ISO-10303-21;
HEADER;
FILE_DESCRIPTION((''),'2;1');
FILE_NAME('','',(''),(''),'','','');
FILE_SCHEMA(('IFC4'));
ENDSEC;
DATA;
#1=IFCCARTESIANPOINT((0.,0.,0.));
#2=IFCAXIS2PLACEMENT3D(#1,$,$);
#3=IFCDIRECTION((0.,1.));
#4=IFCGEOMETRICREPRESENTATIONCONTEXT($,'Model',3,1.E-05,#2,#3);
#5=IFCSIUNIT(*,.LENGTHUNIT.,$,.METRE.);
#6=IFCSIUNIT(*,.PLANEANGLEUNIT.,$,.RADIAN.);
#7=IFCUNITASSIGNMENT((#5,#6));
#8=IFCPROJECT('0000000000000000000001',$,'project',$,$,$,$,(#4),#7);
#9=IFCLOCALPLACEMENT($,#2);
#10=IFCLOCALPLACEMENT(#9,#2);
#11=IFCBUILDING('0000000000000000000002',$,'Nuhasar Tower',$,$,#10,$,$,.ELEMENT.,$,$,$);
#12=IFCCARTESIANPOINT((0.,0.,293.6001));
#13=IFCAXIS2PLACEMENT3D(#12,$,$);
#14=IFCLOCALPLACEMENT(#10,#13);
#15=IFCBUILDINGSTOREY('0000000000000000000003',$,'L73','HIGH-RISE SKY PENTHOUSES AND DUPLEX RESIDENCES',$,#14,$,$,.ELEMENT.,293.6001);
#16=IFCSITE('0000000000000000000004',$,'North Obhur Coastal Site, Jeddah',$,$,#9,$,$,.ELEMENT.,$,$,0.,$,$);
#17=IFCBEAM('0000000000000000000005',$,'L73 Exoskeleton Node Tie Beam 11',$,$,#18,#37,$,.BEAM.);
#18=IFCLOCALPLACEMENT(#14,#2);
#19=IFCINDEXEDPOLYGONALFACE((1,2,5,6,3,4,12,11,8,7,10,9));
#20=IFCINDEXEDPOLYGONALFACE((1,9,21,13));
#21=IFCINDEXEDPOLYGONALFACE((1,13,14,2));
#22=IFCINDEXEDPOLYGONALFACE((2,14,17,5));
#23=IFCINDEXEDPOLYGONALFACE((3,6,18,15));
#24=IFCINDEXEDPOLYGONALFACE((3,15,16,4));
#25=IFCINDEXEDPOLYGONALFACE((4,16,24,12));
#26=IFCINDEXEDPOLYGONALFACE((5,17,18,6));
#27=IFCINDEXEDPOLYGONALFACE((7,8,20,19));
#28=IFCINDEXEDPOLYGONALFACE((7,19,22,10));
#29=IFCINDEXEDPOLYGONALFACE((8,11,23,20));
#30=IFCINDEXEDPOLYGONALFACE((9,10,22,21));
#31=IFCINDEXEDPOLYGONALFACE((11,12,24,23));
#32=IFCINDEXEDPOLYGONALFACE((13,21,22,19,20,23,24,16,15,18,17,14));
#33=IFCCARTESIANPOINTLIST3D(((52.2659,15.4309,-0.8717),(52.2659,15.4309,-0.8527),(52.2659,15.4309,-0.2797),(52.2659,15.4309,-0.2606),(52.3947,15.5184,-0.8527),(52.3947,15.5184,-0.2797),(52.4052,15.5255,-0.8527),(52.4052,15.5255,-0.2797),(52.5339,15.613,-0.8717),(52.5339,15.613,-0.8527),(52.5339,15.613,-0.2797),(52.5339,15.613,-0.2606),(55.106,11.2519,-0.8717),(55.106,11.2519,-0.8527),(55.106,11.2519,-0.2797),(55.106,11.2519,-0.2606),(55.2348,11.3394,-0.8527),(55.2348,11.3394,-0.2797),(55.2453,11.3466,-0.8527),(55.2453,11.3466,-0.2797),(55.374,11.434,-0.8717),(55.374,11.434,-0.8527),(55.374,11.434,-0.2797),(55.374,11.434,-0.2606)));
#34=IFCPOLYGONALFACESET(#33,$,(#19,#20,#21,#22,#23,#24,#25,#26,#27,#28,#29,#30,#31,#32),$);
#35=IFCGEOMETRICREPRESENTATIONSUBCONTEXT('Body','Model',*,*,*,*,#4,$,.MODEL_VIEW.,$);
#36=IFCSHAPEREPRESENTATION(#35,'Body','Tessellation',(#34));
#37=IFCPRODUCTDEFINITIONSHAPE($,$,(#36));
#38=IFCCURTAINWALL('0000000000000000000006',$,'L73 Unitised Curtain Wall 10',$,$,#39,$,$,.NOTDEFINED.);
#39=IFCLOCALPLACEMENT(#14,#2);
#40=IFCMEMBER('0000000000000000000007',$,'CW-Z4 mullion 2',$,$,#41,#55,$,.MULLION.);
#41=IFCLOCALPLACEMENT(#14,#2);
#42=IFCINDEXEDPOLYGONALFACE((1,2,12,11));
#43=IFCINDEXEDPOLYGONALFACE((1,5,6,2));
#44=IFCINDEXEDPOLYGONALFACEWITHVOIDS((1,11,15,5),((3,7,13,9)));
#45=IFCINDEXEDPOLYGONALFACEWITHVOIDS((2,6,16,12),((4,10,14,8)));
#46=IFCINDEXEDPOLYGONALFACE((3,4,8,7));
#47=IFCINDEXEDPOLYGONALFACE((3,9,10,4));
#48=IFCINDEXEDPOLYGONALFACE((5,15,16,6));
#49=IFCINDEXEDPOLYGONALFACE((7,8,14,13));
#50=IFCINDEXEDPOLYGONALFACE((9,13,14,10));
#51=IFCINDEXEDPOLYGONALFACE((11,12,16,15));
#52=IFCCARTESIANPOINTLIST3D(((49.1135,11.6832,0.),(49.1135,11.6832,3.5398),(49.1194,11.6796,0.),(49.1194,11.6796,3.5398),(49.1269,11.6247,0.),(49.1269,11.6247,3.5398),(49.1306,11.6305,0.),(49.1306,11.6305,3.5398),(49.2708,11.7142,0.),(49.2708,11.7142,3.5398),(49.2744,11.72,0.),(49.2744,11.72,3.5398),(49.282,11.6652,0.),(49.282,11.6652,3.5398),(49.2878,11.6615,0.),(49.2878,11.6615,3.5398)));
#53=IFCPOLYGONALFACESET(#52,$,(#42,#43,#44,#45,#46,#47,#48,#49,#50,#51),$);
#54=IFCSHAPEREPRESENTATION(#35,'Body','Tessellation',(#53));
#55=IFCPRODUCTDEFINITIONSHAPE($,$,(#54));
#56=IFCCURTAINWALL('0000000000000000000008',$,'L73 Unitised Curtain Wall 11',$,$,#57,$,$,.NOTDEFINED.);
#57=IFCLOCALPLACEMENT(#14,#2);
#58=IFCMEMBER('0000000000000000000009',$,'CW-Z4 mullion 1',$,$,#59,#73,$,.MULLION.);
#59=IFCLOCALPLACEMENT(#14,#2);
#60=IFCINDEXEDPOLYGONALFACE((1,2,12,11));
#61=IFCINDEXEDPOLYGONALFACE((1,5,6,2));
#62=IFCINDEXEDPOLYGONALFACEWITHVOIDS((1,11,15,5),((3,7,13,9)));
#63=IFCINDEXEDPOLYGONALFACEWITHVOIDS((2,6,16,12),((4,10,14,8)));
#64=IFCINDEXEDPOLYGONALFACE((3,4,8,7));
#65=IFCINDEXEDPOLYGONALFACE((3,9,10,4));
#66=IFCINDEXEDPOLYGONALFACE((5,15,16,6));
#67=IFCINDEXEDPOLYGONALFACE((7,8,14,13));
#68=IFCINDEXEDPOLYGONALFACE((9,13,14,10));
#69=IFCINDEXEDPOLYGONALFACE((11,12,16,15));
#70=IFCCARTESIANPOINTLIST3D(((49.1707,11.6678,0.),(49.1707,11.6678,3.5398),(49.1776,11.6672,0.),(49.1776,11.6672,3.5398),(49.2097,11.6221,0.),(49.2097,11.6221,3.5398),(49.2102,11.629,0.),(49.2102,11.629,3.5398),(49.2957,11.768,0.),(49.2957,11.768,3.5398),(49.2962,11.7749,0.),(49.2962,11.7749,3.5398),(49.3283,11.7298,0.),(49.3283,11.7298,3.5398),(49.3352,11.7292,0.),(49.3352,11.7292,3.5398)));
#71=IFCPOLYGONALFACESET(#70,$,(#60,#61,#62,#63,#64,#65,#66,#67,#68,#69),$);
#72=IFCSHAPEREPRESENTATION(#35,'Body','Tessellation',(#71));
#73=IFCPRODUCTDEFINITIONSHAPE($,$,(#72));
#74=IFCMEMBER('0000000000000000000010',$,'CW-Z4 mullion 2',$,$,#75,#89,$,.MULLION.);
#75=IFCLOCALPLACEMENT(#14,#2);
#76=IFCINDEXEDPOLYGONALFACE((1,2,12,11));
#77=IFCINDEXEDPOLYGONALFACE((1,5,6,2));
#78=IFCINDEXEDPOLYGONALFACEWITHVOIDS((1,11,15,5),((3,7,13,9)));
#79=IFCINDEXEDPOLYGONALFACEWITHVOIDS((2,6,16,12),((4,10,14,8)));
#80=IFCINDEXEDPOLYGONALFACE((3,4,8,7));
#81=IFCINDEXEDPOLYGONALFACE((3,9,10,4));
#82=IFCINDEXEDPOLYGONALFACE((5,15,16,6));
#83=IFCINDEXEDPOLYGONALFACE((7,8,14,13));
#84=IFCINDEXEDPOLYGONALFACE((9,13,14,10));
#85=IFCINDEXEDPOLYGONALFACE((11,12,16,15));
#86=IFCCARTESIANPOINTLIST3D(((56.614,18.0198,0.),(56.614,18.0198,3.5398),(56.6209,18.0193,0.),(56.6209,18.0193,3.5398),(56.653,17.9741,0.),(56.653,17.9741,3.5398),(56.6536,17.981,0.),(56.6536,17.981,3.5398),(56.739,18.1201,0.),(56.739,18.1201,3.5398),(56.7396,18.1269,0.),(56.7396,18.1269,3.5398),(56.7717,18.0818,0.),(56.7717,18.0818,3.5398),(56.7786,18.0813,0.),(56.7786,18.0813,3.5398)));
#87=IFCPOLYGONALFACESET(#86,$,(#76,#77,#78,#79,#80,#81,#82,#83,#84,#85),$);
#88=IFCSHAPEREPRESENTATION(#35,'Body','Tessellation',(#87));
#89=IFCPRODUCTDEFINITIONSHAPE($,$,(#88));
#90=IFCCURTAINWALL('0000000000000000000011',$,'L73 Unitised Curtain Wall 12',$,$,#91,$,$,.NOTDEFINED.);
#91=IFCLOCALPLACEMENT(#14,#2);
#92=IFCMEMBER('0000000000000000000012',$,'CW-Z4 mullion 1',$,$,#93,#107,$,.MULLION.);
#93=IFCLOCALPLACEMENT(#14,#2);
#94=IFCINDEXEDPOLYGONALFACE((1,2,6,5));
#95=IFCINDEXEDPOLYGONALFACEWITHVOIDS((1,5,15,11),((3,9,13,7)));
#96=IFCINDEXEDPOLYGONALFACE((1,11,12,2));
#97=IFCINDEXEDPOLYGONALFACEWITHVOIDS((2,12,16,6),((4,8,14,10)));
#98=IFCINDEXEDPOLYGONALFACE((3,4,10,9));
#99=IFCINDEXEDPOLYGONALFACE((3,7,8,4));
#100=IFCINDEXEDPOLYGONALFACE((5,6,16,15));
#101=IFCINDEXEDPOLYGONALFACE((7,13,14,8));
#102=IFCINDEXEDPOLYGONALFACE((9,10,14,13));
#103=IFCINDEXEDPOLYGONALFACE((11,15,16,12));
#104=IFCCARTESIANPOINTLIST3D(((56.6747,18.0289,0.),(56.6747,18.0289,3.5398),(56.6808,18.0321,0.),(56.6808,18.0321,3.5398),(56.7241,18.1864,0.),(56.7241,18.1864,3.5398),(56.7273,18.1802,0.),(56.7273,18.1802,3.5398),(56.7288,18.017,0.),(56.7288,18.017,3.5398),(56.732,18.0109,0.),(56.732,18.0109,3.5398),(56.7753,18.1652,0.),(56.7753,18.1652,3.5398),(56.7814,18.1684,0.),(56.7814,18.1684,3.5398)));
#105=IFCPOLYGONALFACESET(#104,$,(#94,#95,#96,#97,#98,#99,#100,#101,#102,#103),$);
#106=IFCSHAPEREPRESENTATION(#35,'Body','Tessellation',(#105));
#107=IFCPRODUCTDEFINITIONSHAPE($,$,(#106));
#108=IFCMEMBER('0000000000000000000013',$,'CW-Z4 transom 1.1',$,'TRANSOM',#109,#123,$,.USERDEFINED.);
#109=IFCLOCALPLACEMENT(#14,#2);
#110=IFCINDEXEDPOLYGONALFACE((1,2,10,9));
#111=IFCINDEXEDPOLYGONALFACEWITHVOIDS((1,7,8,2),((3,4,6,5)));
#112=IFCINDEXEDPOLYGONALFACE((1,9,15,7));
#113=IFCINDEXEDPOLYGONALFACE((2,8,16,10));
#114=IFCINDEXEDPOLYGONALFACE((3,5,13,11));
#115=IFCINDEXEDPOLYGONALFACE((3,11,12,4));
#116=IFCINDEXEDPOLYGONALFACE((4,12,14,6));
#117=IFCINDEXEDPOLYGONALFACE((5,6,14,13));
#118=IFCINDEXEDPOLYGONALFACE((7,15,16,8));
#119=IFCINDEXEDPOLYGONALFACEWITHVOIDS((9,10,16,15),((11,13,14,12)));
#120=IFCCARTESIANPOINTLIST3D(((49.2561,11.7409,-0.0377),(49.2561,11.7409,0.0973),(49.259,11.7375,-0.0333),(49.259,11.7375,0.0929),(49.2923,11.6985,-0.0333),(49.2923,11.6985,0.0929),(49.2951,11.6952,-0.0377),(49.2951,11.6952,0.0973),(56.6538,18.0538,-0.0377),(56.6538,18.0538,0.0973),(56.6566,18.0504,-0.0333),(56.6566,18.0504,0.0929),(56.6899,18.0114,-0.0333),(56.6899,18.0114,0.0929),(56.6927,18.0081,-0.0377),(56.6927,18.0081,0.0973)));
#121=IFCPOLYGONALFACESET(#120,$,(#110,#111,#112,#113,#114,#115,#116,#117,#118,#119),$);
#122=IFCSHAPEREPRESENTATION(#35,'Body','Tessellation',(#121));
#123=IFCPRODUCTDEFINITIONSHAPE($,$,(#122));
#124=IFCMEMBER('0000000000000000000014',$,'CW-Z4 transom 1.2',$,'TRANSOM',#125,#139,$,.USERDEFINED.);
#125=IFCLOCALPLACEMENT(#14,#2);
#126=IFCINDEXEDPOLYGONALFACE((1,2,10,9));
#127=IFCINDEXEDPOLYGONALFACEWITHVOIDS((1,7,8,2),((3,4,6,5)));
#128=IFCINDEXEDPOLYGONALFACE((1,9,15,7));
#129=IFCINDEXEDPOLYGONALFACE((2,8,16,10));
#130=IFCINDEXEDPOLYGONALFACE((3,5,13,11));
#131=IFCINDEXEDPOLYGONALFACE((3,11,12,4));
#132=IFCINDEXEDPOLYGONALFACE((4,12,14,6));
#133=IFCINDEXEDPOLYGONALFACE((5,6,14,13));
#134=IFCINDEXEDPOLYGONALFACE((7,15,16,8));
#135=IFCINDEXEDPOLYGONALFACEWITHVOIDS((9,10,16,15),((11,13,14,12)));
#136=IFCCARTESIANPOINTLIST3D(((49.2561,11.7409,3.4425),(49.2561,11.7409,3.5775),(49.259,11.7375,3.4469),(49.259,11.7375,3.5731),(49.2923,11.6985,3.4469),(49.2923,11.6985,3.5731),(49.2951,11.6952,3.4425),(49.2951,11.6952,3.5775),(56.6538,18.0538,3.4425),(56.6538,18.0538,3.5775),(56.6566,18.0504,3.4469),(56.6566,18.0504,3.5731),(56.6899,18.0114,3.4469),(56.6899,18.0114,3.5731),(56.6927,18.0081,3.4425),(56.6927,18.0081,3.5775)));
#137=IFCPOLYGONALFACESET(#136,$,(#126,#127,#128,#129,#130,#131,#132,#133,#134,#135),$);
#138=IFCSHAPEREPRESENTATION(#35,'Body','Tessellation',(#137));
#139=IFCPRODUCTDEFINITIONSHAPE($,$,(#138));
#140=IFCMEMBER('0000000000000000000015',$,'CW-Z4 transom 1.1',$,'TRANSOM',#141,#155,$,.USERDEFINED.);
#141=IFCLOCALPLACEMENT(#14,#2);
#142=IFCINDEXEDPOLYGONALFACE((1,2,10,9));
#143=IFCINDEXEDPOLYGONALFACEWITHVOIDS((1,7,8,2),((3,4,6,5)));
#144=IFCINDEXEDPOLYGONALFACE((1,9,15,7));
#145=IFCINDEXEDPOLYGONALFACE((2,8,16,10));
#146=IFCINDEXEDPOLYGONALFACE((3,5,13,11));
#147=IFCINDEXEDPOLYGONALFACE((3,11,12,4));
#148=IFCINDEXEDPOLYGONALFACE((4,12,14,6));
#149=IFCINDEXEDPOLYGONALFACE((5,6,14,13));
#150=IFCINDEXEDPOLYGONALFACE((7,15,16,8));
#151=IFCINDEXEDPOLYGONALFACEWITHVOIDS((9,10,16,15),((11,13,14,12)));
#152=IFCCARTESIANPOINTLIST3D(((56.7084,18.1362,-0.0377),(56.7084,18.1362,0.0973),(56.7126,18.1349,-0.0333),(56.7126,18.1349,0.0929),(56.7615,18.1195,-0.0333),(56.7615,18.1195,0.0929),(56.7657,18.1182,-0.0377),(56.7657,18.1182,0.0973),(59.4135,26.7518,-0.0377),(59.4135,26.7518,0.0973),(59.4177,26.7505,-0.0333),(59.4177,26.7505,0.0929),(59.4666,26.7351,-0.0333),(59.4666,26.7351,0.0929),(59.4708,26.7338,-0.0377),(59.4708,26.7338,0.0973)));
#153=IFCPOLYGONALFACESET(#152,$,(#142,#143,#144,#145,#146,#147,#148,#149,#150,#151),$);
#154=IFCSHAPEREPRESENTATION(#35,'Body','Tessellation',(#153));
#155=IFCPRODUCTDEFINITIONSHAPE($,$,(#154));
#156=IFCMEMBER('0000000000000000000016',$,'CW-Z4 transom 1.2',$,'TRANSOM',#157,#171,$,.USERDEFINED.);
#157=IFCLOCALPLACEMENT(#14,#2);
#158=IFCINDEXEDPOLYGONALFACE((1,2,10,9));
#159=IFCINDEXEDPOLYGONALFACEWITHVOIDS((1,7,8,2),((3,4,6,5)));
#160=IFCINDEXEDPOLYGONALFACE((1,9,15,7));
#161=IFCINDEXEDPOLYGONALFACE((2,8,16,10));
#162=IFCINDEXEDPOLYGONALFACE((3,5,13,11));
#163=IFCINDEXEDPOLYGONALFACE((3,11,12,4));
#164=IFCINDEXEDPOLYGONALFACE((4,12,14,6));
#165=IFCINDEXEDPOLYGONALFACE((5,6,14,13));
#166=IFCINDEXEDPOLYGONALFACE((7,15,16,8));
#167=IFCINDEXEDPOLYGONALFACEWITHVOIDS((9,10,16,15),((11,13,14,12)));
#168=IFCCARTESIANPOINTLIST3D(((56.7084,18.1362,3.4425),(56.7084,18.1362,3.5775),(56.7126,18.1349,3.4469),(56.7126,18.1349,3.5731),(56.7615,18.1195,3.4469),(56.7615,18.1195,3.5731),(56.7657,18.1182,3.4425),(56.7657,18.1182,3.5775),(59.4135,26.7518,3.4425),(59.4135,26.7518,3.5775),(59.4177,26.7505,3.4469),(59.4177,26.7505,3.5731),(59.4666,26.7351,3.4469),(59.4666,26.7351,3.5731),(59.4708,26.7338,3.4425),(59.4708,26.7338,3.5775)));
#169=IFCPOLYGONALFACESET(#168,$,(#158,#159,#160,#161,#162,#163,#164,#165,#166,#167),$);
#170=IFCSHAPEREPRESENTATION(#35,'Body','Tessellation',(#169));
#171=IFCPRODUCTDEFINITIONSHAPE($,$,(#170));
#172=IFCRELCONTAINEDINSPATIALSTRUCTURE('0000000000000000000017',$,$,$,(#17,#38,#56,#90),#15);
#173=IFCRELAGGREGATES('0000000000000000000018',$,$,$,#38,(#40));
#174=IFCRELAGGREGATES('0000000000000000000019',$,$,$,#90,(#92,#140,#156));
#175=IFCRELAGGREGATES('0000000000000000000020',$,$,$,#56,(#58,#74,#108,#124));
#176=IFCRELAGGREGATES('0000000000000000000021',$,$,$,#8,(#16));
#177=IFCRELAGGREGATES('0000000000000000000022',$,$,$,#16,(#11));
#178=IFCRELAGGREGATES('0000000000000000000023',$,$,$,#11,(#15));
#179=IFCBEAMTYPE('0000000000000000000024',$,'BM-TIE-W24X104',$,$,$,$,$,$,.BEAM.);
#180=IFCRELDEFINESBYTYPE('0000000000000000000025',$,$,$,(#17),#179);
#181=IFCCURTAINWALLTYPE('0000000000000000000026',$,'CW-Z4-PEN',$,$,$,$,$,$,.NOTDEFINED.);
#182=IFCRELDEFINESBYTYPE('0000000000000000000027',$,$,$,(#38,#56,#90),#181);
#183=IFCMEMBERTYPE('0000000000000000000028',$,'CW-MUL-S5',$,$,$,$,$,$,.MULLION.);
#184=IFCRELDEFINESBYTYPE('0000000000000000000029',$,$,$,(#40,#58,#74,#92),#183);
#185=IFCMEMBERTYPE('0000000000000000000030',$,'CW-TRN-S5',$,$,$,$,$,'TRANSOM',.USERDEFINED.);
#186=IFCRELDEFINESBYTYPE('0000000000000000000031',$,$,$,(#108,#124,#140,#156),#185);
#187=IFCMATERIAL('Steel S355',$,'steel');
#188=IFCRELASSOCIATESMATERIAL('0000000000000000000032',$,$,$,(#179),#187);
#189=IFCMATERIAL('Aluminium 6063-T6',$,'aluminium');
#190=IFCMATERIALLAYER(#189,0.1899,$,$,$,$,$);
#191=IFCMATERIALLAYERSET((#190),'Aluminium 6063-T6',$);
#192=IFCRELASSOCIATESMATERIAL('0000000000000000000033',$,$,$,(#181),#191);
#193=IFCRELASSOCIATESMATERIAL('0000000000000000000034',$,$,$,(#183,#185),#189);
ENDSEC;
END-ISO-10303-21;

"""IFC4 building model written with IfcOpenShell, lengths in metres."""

from ifc_helpers import new_model, si_unit, direction, frame, origin, origin_2d, place, context, subcontext, project, spatial, hollow_rectangle, i_section, extrude, material, layer, layer_set, material_profile, profile_set, type_object, element, aggregate, save


model = new_model("IFC4")

# Units and contexts
model_context = context("Model", 3, precision=1e-05, world=origin(), true_north=direction((0.0, 1.0)))
body_context = subcontext(model_context, "Body", "Model", "MODEL_VIEW")
ifc_project = project(units=[si_unit("LENGTHUNIT", "METRE"), si_unit("PLANEANGLEUNIT", "RADIAN")], contexts=[model_context])

# Site, building, storey
site_placement = place(None, origin())
site = spatial("IfcSite", under=ifc_project, at=site_placement, Name="North Obhur Coastal Site, Jeddah", CompositionType="ELEMENT", RefElevation=0.0)
building_placement = place(site_placement, origin())
building = spatial("IfcBuilding", under=site, at=building_placement, Name="Nuhasar Tower", CompositionType="ELEMENT")
storey_placement = place(building_placement, frame((0.0, 0.0, 293.6001)))
storey = spatial("IfcBuildingStorey", under=building, at=storey_placement, Name="L73", Description="HIGH-RISE SKY PENTHOUSES AND DUPLEX RESIDENCES", CompositionType="ELEMENT", Elevation=293.6001)

# Beam
ifc_material_1 = material(Name="Steel S355", Category="steel")
ifc_material_profile_1 = material_profile(ifc_material_1, i_section(OverallWidth=0.324, OverallDepth=0.6111, WebThickness=0.0127, FlangeThickness=0.019, at=origin_2d()), Name="W24X104")
ifc_profile_set_1 = profile_set([ifc_material_profile_1], Name="Steel S355")
beam_type_1 = type_object("IfcBeamType", Name="BM-TIE-W24X104", PredefinedType="BEAM", material=ifc_profile_set_1)
beam_1_placement = place(storey_placement, frame((52.3999, 15.522, -0.5662), z_axis=(0.562093, -0.827074, 0.0), x_axis=(0.827074, 0.562093, 0.0)))
element("IfcBeam", 1, at=beam_1_placement, inside=storey, type_object=beam_type_1, Name="L73 Exoskeleton Node Tie Beam 11", PredefinedType="BEAM", context=body_context, shape_type="SweptSolid", body=[
    extrude(i_section(OverallWidth=0.324, OverallDepth=0.6111, WebThickness=0.0127, FlangeThickness=0.019, at=origin_2d()), origin(), (0.0, 0.0, 1.0), 5.0527),
])

# Curtain wall, member
ifc_material_2 = material(Name="Aluminium 6063-T6", Category="aluminium")
ifc_layer_1 = layer(ifc_material_2, 0.1899)
ifc_layer_set_1 = layer_set([ifc_layer_1], Name="Aluminium 6063-T6")
curtain_wall_type = type_object("IfcCurtainWallType", Name="CW-Z4-PEN", PredefinedType="NOTDEFINED", material=ifc_layer_set_1)
curtain_wall_1_placement = place(storey_placement, origin())
curtain_wall_1 = element("IfcCurtainWall", 2, at=curtain_wall_1_placement, inside=storey, type_object=curtain_wall_type, Name="L73 Unitised Curtain Wall 10", PredefinedType="NOTDEFINED")
ifc_material_profile_2 = material_profile(ifc_material_2, hollow_rectangle(XDim=0.0601, YDim=0.165, WallThickness=0.0049, at=origin_2d()), Name="CWM-5")
ifc_profile_set_2 = profile_set([ifc_material_profile_2], Name="Aluminium 6063-T6")
member_type_1 = type_object("IfcMemberType", Name="CW-MUL-S5", PredefinedType="MULLION", material=ifc_profile_set_2)
member_1_placement = place(storey_placement, frame((49.2007, 11.6724, 0.0), z_axis=(0.0, 0.0, 1.0), x_axis=(-0.222889, 0.974844, 0.0)))
member_1 = element("IfcMember", 3, at=member_1_placement, type_object=member_type_1, Name="CW-Z4 mullion 2", PredefinedType="MULLION", context=body_context, shape_type="SweptSolid", body=[
    extrude(hollow_rectangle(XDim=0.0601, YDim=0.165, WallThickness=0.0049, at=origin_2d()), origin(), (0.0, 0.0, 1.0), 3.5398),
])
aggregate(curtain_wall_1, [member_1])

# Curtain wall, members
curtain_wall_2_placement = place(storey_placement, origin())
curtain_wall_2 = element("IfcCurtainWall", 4, at=curtain_wall_2_placement, inside=storey, type_object=curtain_wall_type, Name="L73 Unitised Curtain Wall 11", PredefinedType="NOTDEFINED")
member_2_placement = place(storey_placement, frame((49.2529, 11.6985, 0.0), z_axis=(0.0, 0.0, 1.0), x_axis=(-0.649142, 0.760667, 0.0)))
member_2 = element("IfcMember", 5, at=member_2_placement, type_object=member_type_1, Name="CW-Z4 mullion 1", PredefinedType="MULLION", context=body_context, shape_type="SweptSolid", body=[
    extrude(hollow_rectangle(XDim=0.0601, YDim=0.165, WallThickness=0.0049, at=origin_2d()), origin(), (0.0, 0.0, 1.0), 3.5398),
])
member_3_placement = place(storey_placement, frame((56.6963, 18.0505, 0.0), z_axis=(0.0, 0.0, 1.0), x_axis=(-0.649142, 0.760667, 0.0)))
member_3 = element("IfcMember", 6, at=member_3_placement, type_object=member_type_1, Name="CW-Z4 mullion 2", PredefinedType="MULLION", context=body_context, shape_type="SweptSolid", body=[
    extrude(hollow_rectangle(XDim=0.0601, YDim=0.165, WallThickness=0.0049, at=origin_2d()), origin(), (0.0, 0.0, 1.0), 3.5398),
])

# Curtain wall, member
curtain_wall_3_placement = place(storey_placement, origin())
curtain_wall_3 = element("IfcCurtainWall", 7, at=curtain_wall_3_placement, inside=storey, type_object=curtain_wall_type, Name="L73 Unitised Curtain Wall 12", PredefinedType="NOTDEFINED")
member_4_placement = place(storey_placement, frame((56.728, 18.0986, 0.0), z_axis=(0.0, 0.0, 1.0), x_axis=(-0.954079, 0.299557, 0.0)))
member_4 = element("IfcMember", 8, at=member_4_placement, type_object=member_type_1, Name="CW-Z4 mullion 1", PredefinedType="MULLION", context=body_context, shape_type="SweptSolid", body=[
    extrude(hollow_rectangle(XDim=0.0601, YDim=0.165, WallThickness=0.0049, at=origin_2d()), origin(), (0.0, 0.0, 1.0), 3.5398),
])

# Members
ifc_material_profile_3 = material_profile(ifc_material_2, hollow_rectangle(XDim=0.0601, YDim=0.135, WallThickness=0.0044, at=origin_2d()), Name="CWT-5")
ifc_profile_set_3 = profile_set([ifc_material_profile_3], Name="Aluminium 6063-T6")
member_type_2 = type_object("IfcMemberType", Name="CW-TRN-S5", ElementType="TRANSOM", PredefinedType="USERDEFINED", material=ifc_profile_set_3)
member_5_placement = place(storey_placement, frame((49.2756, 11.718, 0.0298), z_axis=(0.760672, 0.649136, 0.0), x_axis=(-0.649136, 0.760672, 0.0)))
member_5 = element("IfcMember", 9, at=member_5_placement, type_object=member_type_2, Name="CW-Z4 transom 1.1", ObjectType="TRANSOM", PredefinedType="USERDEFINED", context=body_context, shape_type="SweptSolid", body=[
    extrude(hollow_rectangle(XDim=0.0601, YDim=0.135, WallThickness=0.0044, at=origin_2d()), origin(), (0.0, 0.0, 1.0), 9.7251),
])
member_6_placement = place(storey_placement, frame((49.2756, 11.718, 3.51), z_axis=(0.760672, 0.649136, 0.0), x_axis=(-0.649136, 0.760672, 0.0)))
member_6 = element("IfcMember", 10, at=member_6_placement, type_object=member_type_2, Name="CW-Z4 transom 1.2", ObjectType="TRANSOM", PredefinedType="USERDEFINED", context=body_context, shape_type="SweptSolid", body=[
    extrude(hollow_rectangle(XDim=0.0601, YDim=0.135, WallThickness=0.0044, at=origin_2d()), origin(), (0.0, 0.0, 1.0), 9.7251),
])
member_7_placement = place(storey_placement, frame((56.7371, 18.1272, 0.0298), z_axis=(0.29956, 0.954077, 0.0), x_axis=(-0.954077, 0.29956, 0.0)))
member_7 = element("IfcMember", 11, at=member_7_placement, type_object=member_type_2, Name="CW-Z4 transom 1.1", ObjectType="TRANSOM", PredefinedType="USERDEFINED", context=body_context, shape_type="SweptSolid", body=[
    extrude(hollow_rectangle(XDim=0.0601, YDim=0.135, WallThickness=0.0044, at=origin_2d()), origin(), (0.0, 0.0, 1.0), 9.0303),
])
member_8_placement = place(storey_placement, frame((56.7371, 18.1272, 3.51), z_axis=(0.29956, 0.954077, 0.0), x_axis=(-0.954077, 0.29956, 0.0)))
member_8 = element("IfcMember", 12, at=member_8_placement, type_object=member_type_2, Name="CW-Z4 transom 1.2", ObjectType="TRANSOM", PredefinedType="USERDEFINED", context=body_context, shape_type="SweptSolid", body=[
    extrude(hollow_rectangle(XDim=0.0601, YDim=0.135, WallThickness=0.0044, at=origin_2d()), origin(), (0.0, 0.0, 1.0), 9.0303),
])
aggregate(curtain_wall_3, [member_4, member_7, member_8])

aggregate(curtain_wall_2, [member_2, member_3, member_5, member_6])

save(model, "model.ifc")
